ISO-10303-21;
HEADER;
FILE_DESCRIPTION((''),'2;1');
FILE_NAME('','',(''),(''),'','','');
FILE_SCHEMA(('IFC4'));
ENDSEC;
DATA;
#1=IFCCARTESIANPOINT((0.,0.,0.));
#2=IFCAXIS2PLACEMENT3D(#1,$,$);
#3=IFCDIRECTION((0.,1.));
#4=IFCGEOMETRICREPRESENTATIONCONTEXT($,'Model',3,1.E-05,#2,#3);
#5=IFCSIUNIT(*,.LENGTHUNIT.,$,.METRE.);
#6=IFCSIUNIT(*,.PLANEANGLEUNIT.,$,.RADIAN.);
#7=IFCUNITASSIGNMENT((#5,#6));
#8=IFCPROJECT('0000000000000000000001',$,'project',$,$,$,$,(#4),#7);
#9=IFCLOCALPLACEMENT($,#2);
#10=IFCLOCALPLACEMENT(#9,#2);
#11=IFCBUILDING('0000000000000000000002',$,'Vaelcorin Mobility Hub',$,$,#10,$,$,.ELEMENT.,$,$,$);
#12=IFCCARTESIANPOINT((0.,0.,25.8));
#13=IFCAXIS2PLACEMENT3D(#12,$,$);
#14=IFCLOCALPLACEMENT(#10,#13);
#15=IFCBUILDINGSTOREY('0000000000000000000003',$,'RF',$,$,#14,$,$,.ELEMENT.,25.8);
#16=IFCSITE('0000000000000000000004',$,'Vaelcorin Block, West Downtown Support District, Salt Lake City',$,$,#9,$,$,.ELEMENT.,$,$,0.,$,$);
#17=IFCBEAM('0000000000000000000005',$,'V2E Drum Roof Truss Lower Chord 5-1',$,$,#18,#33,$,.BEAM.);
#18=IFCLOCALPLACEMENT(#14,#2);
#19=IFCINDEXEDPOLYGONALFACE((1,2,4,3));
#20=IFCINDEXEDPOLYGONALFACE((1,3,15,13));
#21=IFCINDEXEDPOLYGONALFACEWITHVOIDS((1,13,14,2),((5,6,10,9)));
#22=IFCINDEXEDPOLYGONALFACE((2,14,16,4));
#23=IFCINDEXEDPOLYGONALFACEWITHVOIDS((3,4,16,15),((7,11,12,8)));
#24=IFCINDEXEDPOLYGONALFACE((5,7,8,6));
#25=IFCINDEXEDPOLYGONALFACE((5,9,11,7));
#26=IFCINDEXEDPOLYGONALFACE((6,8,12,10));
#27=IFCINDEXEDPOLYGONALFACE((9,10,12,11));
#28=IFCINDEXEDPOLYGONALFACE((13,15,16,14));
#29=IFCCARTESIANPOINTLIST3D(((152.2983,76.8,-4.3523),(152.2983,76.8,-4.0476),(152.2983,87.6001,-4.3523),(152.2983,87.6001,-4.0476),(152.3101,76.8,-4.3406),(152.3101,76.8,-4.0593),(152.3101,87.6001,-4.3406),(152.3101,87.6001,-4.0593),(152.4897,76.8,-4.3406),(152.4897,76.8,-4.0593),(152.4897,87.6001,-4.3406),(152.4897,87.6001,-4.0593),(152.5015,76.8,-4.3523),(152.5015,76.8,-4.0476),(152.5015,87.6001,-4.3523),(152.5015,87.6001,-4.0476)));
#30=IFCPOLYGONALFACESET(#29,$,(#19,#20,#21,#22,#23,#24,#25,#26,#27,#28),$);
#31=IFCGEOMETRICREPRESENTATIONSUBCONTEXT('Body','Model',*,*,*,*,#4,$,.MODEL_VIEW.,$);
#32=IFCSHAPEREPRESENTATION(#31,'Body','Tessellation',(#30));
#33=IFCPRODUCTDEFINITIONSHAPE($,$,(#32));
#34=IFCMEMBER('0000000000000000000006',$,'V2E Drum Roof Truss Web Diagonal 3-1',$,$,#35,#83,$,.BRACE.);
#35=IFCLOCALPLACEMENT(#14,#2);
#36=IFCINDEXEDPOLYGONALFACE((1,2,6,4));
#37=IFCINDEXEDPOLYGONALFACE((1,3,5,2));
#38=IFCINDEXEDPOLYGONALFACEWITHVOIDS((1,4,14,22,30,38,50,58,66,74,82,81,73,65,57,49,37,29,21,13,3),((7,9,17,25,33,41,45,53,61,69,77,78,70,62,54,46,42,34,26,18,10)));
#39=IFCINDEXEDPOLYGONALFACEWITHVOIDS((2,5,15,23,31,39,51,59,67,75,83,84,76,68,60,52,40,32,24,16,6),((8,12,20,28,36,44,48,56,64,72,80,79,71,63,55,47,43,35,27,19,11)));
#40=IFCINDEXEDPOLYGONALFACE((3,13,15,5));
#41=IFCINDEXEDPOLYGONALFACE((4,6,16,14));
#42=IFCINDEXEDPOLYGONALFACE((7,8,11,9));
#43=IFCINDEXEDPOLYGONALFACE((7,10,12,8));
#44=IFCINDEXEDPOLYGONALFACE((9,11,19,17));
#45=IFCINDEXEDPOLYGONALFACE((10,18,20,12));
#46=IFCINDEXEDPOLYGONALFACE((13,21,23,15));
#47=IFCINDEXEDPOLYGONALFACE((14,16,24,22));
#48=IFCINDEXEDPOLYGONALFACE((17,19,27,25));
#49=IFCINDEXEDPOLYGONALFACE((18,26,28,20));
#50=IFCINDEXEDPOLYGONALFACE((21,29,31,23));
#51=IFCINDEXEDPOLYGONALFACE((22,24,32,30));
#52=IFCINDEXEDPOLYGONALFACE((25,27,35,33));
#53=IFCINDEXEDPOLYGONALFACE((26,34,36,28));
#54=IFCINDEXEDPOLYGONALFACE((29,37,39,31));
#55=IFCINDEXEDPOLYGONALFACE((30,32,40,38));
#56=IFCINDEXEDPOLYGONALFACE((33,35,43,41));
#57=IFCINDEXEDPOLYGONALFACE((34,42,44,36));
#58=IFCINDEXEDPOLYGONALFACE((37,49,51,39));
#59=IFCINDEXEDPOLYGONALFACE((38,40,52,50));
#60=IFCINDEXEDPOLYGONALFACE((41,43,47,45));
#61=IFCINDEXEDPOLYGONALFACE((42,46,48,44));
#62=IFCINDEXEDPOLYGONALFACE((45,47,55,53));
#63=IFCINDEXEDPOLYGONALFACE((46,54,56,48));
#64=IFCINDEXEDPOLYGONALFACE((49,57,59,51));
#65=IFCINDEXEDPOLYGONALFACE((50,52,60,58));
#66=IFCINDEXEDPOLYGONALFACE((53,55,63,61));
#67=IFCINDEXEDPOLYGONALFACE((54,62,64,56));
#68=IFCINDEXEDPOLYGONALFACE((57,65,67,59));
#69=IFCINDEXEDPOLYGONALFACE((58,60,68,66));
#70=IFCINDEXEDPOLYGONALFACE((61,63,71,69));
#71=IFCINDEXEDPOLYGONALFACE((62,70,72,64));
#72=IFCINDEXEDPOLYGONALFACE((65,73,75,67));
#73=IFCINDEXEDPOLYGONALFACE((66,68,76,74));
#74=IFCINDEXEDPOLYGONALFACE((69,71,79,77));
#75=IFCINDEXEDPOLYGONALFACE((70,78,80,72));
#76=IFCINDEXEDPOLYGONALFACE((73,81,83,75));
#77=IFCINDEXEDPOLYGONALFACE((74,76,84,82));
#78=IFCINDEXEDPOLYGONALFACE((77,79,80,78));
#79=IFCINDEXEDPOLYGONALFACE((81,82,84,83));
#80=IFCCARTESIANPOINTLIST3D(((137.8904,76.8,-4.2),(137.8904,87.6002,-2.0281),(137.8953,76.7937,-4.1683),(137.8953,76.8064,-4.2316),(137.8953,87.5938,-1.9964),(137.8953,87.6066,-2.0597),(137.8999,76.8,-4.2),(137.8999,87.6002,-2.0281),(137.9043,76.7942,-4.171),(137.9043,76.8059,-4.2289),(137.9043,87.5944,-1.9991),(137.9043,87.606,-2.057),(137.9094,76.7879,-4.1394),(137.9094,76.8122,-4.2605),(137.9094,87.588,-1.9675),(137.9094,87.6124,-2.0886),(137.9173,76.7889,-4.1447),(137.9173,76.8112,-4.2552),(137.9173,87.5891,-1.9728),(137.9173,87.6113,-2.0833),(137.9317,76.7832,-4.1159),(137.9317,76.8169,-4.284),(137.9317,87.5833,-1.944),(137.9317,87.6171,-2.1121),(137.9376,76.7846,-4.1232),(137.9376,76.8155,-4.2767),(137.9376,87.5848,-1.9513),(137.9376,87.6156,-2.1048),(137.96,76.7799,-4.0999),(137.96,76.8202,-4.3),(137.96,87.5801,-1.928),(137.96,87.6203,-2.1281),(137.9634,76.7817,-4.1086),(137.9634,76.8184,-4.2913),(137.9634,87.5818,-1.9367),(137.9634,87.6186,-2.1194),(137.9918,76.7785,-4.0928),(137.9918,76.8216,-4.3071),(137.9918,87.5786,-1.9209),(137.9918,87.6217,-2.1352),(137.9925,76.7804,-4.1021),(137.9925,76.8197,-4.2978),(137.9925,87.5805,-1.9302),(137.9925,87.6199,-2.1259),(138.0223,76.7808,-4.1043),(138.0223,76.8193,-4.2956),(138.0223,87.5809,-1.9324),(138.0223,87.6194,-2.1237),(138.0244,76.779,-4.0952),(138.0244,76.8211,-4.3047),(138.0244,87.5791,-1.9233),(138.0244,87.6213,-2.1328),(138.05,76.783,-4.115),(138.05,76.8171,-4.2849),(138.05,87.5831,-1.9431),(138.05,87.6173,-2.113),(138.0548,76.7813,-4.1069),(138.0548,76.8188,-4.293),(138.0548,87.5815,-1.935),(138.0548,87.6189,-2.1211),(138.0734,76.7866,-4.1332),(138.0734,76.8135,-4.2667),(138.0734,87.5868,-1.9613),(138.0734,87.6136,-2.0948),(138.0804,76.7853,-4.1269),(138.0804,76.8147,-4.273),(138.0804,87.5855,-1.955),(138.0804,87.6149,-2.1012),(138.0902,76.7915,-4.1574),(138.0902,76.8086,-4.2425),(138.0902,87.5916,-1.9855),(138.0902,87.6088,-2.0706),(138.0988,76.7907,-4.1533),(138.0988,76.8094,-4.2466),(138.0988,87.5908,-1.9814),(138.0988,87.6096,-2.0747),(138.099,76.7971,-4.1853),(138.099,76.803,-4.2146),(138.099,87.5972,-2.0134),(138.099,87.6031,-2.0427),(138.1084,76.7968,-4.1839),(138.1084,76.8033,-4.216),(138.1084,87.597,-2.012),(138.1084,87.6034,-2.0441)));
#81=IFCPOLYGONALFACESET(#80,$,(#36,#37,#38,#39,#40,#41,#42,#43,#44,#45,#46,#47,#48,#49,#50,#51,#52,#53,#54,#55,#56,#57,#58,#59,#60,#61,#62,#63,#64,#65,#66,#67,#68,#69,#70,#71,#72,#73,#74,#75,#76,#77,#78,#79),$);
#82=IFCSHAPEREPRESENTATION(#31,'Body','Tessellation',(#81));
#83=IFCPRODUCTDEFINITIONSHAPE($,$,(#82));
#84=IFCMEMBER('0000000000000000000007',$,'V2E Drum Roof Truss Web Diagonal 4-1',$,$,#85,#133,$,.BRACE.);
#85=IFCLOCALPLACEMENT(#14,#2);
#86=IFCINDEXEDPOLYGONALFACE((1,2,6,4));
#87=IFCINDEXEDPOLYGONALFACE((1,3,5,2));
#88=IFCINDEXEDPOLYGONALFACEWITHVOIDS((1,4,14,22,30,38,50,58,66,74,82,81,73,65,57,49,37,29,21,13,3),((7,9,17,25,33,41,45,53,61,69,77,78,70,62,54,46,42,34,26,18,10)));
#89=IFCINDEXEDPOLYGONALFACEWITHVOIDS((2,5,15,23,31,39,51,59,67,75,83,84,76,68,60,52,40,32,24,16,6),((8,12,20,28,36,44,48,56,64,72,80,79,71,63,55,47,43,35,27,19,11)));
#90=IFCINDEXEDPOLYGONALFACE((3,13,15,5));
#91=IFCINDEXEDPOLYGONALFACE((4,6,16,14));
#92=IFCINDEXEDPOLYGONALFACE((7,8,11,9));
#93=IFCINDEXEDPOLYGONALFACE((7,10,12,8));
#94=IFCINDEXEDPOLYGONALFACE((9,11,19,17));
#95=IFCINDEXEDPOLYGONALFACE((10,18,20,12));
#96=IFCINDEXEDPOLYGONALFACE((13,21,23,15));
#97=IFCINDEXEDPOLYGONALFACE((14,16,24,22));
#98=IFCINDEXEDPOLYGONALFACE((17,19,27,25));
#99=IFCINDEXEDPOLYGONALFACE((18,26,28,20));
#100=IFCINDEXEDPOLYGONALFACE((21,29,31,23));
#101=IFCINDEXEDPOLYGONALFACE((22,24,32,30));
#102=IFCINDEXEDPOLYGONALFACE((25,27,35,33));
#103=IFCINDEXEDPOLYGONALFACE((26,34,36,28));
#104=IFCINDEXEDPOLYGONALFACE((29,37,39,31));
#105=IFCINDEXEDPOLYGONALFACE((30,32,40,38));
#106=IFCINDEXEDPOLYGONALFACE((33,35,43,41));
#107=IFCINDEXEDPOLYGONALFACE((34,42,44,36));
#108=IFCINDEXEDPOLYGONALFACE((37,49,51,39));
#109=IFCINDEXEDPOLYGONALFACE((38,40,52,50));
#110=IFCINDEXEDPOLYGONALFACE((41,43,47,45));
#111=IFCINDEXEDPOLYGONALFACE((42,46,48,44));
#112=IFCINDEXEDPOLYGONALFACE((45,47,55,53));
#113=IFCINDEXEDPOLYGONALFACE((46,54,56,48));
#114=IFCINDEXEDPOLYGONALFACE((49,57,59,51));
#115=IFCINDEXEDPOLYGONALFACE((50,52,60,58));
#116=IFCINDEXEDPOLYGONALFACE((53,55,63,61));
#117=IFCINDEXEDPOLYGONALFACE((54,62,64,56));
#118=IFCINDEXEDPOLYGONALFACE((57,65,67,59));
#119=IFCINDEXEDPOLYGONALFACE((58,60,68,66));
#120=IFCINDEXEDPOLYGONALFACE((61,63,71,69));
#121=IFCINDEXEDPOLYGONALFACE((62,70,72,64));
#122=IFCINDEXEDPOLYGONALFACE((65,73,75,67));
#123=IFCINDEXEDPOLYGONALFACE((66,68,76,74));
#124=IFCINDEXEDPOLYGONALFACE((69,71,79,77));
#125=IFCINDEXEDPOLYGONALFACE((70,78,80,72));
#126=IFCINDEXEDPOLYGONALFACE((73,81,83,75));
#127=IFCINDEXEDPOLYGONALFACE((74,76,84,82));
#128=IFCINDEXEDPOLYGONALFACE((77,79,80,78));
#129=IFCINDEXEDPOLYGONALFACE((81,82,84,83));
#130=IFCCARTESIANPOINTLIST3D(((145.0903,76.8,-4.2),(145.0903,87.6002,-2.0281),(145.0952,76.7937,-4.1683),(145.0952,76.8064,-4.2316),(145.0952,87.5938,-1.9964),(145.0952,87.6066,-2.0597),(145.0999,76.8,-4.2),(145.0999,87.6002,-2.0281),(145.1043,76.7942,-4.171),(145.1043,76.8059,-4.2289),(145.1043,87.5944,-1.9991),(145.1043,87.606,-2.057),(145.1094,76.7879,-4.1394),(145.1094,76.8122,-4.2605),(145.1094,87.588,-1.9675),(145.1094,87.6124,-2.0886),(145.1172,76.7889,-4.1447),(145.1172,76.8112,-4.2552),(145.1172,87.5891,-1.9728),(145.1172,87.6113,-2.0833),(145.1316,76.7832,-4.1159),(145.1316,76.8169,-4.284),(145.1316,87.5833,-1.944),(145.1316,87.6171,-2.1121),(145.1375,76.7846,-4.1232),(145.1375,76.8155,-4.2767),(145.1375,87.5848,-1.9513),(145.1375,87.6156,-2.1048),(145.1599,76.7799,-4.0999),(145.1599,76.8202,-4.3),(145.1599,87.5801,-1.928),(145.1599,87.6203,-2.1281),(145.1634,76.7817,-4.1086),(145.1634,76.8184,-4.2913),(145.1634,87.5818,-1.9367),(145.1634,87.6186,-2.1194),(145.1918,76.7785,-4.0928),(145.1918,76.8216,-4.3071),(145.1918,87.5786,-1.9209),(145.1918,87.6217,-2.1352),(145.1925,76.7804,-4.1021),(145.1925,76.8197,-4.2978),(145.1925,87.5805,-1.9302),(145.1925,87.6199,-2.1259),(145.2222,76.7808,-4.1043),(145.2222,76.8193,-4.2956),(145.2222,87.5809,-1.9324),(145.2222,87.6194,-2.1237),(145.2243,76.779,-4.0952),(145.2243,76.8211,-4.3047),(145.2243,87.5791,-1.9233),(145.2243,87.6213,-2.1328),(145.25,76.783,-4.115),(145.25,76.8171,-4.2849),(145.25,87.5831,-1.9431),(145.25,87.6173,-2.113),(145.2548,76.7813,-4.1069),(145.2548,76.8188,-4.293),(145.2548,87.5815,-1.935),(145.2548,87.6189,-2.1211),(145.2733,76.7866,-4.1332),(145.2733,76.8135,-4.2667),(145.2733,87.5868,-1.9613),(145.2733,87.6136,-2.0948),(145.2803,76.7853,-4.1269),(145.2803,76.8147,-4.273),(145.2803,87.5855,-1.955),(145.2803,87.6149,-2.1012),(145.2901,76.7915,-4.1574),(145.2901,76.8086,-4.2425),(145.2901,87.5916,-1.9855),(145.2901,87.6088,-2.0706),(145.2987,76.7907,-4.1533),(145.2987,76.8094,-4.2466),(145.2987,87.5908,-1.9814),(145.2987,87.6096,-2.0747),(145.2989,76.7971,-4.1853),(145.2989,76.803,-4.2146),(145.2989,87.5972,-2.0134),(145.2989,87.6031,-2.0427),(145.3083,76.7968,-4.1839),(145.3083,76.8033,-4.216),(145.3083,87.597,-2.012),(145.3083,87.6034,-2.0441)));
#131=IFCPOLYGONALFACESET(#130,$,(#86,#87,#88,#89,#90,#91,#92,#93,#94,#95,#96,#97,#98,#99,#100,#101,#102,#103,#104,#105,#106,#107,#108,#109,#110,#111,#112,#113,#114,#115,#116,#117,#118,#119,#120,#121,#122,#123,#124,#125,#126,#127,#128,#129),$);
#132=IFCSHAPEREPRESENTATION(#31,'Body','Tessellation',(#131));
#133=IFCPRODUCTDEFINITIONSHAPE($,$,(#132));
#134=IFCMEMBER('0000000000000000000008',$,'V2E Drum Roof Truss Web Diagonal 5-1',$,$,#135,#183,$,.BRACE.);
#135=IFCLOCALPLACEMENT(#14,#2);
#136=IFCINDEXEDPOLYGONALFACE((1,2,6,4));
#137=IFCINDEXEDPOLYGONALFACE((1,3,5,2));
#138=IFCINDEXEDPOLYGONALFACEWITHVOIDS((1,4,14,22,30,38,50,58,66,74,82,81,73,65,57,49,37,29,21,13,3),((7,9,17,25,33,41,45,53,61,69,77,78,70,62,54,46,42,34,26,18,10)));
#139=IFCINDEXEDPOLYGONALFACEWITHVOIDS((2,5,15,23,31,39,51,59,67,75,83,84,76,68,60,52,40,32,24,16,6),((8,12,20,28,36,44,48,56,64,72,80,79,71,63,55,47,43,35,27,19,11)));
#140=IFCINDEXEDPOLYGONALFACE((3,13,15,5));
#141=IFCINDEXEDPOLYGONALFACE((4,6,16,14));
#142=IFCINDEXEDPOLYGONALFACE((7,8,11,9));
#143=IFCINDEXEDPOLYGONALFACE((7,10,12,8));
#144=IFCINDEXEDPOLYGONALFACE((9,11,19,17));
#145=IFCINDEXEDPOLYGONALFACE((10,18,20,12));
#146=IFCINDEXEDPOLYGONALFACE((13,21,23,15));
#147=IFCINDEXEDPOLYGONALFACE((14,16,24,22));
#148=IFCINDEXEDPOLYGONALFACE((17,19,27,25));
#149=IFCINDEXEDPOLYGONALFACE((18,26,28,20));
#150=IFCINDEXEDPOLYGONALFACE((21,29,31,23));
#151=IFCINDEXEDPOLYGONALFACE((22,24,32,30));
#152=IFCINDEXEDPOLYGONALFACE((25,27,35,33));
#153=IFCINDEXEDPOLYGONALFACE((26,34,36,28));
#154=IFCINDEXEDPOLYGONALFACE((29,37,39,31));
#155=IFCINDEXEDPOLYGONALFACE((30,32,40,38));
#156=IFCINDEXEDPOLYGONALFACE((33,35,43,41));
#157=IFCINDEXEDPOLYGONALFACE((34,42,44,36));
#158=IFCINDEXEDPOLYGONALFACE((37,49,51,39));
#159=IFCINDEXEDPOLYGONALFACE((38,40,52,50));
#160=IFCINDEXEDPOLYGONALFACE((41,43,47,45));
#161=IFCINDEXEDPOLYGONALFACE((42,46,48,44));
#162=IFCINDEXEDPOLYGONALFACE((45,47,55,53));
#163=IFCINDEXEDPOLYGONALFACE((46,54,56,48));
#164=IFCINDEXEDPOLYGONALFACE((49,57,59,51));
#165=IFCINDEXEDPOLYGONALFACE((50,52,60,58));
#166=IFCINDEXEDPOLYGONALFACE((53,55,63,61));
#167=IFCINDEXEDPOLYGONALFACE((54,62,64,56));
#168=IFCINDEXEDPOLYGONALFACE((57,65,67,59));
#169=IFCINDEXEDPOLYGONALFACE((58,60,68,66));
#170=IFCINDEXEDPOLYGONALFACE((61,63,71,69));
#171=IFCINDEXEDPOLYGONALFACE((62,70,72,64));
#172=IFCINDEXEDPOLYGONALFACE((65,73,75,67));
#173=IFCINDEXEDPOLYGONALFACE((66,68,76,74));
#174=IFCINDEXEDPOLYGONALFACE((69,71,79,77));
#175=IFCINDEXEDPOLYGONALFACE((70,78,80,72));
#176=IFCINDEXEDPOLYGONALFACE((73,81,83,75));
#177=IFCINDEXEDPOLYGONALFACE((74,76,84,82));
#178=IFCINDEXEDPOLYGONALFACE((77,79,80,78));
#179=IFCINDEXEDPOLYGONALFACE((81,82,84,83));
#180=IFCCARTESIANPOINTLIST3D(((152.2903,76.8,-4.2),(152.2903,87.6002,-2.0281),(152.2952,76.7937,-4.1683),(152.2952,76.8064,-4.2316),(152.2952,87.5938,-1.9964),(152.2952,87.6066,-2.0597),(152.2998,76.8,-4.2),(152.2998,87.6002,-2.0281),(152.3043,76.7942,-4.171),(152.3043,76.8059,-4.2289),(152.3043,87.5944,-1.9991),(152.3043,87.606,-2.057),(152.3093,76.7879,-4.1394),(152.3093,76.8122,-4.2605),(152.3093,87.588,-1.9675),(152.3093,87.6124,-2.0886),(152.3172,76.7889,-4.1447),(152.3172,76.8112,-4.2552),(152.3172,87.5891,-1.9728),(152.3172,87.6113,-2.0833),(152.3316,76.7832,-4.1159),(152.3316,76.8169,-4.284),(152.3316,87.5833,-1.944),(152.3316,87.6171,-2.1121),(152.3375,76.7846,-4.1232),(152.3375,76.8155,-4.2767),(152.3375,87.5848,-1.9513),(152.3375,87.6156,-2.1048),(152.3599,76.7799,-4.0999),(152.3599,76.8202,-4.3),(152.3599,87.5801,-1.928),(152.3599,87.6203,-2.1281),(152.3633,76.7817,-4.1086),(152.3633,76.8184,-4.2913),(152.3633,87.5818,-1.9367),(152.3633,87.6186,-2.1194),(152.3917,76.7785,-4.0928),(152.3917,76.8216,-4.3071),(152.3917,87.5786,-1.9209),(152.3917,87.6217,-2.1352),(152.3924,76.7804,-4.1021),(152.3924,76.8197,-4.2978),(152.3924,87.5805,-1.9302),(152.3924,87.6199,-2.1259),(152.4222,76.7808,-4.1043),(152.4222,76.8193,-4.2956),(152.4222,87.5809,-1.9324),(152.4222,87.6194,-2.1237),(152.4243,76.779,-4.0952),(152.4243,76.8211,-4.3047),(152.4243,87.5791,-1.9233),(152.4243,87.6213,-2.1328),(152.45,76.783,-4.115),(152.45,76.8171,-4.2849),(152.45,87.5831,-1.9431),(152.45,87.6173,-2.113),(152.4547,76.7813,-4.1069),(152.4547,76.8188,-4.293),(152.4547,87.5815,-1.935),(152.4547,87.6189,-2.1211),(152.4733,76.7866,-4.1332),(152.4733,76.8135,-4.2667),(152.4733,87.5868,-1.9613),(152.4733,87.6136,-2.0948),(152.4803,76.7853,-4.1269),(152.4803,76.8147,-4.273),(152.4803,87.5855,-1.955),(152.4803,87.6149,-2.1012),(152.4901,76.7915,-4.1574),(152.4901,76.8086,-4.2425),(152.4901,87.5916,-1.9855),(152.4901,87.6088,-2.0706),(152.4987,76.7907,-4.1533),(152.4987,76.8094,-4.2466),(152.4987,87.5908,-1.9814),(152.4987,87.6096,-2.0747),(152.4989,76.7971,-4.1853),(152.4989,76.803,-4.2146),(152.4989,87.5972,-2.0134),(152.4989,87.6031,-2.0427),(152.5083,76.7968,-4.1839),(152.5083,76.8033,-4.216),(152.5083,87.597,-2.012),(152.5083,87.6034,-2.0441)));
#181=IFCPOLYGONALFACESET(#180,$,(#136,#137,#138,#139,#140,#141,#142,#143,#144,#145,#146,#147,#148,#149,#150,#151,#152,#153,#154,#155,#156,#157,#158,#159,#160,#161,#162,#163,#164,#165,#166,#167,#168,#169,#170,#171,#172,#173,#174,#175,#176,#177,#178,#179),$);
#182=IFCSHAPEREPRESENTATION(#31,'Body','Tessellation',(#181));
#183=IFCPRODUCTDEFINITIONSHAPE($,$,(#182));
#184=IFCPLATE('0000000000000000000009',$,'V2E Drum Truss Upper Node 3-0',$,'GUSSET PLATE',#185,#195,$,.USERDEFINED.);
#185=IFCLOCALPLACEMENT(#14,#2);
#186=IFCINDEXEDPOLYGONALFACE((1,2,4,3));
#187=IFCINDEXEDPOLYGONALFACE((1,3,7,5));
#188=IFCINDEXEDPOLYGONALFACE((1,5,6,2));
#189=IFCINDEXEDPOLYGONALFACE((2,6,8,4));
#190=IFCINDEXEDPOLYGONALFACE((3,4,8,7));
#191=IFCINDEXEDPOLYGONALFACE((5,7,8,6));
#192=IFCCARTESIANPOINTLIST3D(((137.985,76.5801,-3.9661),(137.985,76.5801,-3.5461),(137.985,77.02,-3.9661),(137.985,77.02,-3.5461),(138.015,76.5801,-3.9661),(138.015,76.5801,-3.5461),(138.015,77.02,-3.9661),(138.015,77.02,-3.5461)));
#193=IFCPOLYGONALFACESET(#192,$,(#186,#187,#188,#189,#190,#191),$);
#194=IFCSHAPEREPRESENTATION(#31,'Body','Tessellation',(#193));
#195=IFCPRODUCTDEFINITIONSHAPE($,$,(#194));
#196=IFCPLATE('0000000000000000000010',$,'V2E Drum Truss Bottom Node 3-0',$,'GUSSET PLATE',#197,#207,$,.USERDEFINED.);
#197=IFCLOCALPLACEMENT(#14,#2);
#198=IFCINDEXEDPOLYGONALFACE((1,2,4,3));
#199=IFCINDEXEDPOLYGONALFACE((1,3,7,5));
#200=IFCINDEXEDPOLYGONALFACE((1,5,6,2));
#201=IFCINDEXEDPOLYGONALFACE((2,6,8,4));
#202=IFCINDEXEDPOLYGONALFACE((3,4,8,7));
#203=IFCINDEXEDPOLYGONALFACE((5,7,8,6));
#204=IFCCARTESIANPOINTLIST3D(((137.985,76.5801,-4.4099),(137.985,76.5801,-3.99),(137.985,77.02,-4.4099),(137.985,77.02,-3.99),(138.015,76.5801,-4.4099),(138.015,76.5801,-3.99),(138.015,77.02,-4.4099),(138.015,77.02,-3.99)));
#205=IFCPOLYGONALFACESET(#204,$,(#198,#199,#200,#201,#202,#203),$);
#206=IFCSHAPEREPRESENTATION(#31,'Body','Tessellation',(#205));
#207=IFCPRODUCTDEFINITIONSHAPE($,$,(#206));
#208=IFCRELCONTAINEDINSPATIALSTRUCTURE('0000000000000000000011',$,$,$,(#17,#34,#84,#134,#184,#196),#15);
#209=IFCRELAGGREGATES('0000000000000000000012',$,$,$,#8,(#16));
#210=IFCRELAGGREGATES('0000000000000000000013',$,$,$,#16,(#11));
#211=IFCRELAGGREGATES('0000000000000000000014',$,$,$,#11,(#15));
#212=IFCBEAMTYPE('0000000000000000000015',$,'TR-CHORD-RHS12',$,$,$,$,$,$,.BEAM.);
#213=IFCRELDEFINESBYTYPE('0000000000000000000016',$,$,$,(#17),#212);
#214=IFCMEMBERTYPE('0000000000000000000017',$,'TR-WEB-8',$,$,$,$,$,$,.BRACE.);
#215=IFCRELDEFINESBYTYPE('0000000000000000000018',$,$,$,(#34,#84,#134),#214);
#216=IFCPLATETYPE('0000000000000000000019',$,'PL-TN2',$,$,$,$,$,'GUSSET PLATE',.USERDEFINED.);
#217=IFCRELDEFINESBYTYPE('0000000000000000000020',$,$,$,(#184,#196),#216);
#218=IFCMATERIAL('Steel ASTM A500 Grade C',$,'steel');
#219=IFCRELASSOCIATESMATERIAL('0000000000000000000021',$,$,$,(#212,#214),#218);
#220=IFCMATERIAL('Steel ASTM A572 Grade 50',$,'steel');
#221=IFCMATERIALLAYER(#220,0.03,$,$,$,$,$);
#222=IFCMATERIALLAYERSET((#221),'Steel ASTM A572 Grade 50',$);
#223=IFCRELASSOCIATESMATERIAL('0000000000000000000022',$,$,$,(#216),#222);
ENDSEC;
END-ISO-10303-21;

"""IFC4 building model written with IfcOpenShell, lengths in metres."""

from ifc_helpers import new_model, si_unit, direction, frame, origin, origin_2d, place, context, subcontext, project, spatial, rectangle, hollow_rectangle, hollow_circle, extrude, material, layer, layer_set, material_profile, profile_set, type_object, element, save


model = new_model("IFC4")

# Units and contexts
model_context = context("Model", 3, precision=1e-05, world=origin(), true_north=direction((0.0, 1.0)))
body_context = subcontext(model_context, "Body", "Model", "MODEL_VIEW")
ifc_project = project(units=[si_unit("LENGTHUNIT", "METRE"), si_unit("PLANEANGLEUNIT", "RADIAN")], contexts=[model_context])

# Site, building, storey
site_placement = place(None, origin())
site = spatial("IfcSite", under=ifc_project, at=site_placement, Name="Vaelcorin Block, West Downtown Support District, Salt Lake City", CompositionType="ELEMENT", RefElevation=0.0)
building_placement = place(site_placement, origin())
building = spatial("IfcBuilding", under=site, at=building_placement, Name="Vaelcorin Mobility Hub", CompositionType="ELEMENT")
storey_placement = place(building_placement, frame((0.0, 0.0, 25.8)))
storey = spatial("IfcBuildingStorey", under=building, at=storey_placement, Name="RF", CompositionType="ELEMENT", Elevation=25.8)

# Shared definitions
ifc_material_1 = material(Name="Steel ASTM A500 Grade C", Category="steel")

# Beam
ifc_material_profile_1 = material_profile(ifc_material_1, hollow_rectangle(XDim=0.2031, YDim=0.3047, WallThickness=0.0117, at=origin_2d()), Name="HSS12X8X0.500")
ifc_profile_set_1 = profile_set([ifc_material_profile_1], Name="Steel ASTM A500 Grade C")
beam_type_1 = type_object("IfcBeamType", Name="TR-CHORD-RHS12", PredefinedType="BEAM", material=ifc_profile_set_1)
for number, where, z_axis, x_axis, name in (
    (1, (152.3999, 76.8, -4.2), (0.0, 1.0, 0.0), (-1.0, 0.0, 0.0), "V2E Drum Roof Truss Lower Chord 5-1"),
):
    element("IfcBeam", number, at=place(storey_placement, frame(where, z_axis=z_axis, x_axis=x_axis)), inside=storey, type_object=beam_type_1, Name=name, PredefinedType="BEAM", context=body_context, shape_type="SweptSolid", body=[
        extrude(hollow_rectangle(XDim=0.2031, YDim=0.3047, WallThickness=0.0117, at=origin_2d()), origin(), (0.0, 0.0, 1.0), 10.8),
    ])

# Members
ifc_material_profile_2 = material_profile(ifc_material_1, hollow_circle(Radius=0.1096, WallThickness=0.0095, at=origin_2d()), Name="HSS8.625X0.375")
ifc_profile_set_2 = profile_set([ifc_material_profile_2], Name="Steel ASTM A500 Grade C")
member_type_1 = type_object("IfcMemberType", Name="TR-WEB-8", PredefinedType="BRACE", material=ifc_profile_set_2)
for number, where, z_axis, x_axis, name in (
    (2, (138.0, 76.8, -4.2), (0.0, 0.980373, 0.197152), (-1.0, 0.0, 0.0), "V2E Drum Roof Truss Web Diagonal 3-1"),
    (3, (145.2, 76.8, -4.2), (0.0, 0.980373, 0.197152), (-1.0, 0.0, 0.0), "V2E Drum Roof Truss Web Diagonal 4-1"),
    (4, (152.3999, 76.8, -4.2), (0.0, 0.980373, 0.197152), (-1.0, 0.0, 0.0), "V2E Drum Roof Truss Web Diagonal 5-1"),
):
    element("IfcMember", number, at=place(storey_placement, frame(where, z_axis=z_axis, x_axis=x_axis)), inside=storey, type_object=member_type_1, Name=name, PredefinedType="BRACE", context=body_context, shape_type="SweptSolid", body=[
        extrude(hollow_circle(Radius=0.1096, WallThickness=0.0095, at=origin_2d()), origin(), (0.0, 0.0, 1.0), 11.0164),
    ])

# Plates
ifc_material_2 = material(Name="Steel ASTM A572 Grade 50", Category="steel")
ifc_layer_1 = layer(ifc_material_2, 0.03)
ifc_layer_set_1 = layer_set([ifc_layer_1], Name="Steel ASTM A572 Grade 50")
plate_type = type_object("IfcPlateType", Name="PL-TN2", ElementType="GUSSET PLATE", PredefinedType="USERDEFINED", material=ifc_layer_set_1)
for number, where, z_axis, x_axis, name in (
    (5, (138.0, 76.8, -3.9661), (0.0, 0.0, 1.0), (1.0, 0.0, 0.0), "V2E Drum Truss Upper Node 3-0"),
    (6, (138.0, 76.8, -4.4099), (0.0, 0.0, 1.0), (1.0, 0.0, 0.0), "V2E Drum Truss Bottom Node 3-0"),
):
    element("IfcPlate", number, at=place(storey_placement, frame(where, z_axis=z_axis, x_axis=x_axis)), inside=storey, type_object=plate_type, Name=name, ObjectType="GUSSET PLATE", PredefinedType="USERDEFINED", context=body_context, shape_type="SweptSolid", body=[
        extrude(rectangle(XDim=0.03, YDim=0.4399, at=origin_2d()), origin(), (0.0, 0.0, 1.0), 0.4199),
    ])

save(model, "model.ifc")
